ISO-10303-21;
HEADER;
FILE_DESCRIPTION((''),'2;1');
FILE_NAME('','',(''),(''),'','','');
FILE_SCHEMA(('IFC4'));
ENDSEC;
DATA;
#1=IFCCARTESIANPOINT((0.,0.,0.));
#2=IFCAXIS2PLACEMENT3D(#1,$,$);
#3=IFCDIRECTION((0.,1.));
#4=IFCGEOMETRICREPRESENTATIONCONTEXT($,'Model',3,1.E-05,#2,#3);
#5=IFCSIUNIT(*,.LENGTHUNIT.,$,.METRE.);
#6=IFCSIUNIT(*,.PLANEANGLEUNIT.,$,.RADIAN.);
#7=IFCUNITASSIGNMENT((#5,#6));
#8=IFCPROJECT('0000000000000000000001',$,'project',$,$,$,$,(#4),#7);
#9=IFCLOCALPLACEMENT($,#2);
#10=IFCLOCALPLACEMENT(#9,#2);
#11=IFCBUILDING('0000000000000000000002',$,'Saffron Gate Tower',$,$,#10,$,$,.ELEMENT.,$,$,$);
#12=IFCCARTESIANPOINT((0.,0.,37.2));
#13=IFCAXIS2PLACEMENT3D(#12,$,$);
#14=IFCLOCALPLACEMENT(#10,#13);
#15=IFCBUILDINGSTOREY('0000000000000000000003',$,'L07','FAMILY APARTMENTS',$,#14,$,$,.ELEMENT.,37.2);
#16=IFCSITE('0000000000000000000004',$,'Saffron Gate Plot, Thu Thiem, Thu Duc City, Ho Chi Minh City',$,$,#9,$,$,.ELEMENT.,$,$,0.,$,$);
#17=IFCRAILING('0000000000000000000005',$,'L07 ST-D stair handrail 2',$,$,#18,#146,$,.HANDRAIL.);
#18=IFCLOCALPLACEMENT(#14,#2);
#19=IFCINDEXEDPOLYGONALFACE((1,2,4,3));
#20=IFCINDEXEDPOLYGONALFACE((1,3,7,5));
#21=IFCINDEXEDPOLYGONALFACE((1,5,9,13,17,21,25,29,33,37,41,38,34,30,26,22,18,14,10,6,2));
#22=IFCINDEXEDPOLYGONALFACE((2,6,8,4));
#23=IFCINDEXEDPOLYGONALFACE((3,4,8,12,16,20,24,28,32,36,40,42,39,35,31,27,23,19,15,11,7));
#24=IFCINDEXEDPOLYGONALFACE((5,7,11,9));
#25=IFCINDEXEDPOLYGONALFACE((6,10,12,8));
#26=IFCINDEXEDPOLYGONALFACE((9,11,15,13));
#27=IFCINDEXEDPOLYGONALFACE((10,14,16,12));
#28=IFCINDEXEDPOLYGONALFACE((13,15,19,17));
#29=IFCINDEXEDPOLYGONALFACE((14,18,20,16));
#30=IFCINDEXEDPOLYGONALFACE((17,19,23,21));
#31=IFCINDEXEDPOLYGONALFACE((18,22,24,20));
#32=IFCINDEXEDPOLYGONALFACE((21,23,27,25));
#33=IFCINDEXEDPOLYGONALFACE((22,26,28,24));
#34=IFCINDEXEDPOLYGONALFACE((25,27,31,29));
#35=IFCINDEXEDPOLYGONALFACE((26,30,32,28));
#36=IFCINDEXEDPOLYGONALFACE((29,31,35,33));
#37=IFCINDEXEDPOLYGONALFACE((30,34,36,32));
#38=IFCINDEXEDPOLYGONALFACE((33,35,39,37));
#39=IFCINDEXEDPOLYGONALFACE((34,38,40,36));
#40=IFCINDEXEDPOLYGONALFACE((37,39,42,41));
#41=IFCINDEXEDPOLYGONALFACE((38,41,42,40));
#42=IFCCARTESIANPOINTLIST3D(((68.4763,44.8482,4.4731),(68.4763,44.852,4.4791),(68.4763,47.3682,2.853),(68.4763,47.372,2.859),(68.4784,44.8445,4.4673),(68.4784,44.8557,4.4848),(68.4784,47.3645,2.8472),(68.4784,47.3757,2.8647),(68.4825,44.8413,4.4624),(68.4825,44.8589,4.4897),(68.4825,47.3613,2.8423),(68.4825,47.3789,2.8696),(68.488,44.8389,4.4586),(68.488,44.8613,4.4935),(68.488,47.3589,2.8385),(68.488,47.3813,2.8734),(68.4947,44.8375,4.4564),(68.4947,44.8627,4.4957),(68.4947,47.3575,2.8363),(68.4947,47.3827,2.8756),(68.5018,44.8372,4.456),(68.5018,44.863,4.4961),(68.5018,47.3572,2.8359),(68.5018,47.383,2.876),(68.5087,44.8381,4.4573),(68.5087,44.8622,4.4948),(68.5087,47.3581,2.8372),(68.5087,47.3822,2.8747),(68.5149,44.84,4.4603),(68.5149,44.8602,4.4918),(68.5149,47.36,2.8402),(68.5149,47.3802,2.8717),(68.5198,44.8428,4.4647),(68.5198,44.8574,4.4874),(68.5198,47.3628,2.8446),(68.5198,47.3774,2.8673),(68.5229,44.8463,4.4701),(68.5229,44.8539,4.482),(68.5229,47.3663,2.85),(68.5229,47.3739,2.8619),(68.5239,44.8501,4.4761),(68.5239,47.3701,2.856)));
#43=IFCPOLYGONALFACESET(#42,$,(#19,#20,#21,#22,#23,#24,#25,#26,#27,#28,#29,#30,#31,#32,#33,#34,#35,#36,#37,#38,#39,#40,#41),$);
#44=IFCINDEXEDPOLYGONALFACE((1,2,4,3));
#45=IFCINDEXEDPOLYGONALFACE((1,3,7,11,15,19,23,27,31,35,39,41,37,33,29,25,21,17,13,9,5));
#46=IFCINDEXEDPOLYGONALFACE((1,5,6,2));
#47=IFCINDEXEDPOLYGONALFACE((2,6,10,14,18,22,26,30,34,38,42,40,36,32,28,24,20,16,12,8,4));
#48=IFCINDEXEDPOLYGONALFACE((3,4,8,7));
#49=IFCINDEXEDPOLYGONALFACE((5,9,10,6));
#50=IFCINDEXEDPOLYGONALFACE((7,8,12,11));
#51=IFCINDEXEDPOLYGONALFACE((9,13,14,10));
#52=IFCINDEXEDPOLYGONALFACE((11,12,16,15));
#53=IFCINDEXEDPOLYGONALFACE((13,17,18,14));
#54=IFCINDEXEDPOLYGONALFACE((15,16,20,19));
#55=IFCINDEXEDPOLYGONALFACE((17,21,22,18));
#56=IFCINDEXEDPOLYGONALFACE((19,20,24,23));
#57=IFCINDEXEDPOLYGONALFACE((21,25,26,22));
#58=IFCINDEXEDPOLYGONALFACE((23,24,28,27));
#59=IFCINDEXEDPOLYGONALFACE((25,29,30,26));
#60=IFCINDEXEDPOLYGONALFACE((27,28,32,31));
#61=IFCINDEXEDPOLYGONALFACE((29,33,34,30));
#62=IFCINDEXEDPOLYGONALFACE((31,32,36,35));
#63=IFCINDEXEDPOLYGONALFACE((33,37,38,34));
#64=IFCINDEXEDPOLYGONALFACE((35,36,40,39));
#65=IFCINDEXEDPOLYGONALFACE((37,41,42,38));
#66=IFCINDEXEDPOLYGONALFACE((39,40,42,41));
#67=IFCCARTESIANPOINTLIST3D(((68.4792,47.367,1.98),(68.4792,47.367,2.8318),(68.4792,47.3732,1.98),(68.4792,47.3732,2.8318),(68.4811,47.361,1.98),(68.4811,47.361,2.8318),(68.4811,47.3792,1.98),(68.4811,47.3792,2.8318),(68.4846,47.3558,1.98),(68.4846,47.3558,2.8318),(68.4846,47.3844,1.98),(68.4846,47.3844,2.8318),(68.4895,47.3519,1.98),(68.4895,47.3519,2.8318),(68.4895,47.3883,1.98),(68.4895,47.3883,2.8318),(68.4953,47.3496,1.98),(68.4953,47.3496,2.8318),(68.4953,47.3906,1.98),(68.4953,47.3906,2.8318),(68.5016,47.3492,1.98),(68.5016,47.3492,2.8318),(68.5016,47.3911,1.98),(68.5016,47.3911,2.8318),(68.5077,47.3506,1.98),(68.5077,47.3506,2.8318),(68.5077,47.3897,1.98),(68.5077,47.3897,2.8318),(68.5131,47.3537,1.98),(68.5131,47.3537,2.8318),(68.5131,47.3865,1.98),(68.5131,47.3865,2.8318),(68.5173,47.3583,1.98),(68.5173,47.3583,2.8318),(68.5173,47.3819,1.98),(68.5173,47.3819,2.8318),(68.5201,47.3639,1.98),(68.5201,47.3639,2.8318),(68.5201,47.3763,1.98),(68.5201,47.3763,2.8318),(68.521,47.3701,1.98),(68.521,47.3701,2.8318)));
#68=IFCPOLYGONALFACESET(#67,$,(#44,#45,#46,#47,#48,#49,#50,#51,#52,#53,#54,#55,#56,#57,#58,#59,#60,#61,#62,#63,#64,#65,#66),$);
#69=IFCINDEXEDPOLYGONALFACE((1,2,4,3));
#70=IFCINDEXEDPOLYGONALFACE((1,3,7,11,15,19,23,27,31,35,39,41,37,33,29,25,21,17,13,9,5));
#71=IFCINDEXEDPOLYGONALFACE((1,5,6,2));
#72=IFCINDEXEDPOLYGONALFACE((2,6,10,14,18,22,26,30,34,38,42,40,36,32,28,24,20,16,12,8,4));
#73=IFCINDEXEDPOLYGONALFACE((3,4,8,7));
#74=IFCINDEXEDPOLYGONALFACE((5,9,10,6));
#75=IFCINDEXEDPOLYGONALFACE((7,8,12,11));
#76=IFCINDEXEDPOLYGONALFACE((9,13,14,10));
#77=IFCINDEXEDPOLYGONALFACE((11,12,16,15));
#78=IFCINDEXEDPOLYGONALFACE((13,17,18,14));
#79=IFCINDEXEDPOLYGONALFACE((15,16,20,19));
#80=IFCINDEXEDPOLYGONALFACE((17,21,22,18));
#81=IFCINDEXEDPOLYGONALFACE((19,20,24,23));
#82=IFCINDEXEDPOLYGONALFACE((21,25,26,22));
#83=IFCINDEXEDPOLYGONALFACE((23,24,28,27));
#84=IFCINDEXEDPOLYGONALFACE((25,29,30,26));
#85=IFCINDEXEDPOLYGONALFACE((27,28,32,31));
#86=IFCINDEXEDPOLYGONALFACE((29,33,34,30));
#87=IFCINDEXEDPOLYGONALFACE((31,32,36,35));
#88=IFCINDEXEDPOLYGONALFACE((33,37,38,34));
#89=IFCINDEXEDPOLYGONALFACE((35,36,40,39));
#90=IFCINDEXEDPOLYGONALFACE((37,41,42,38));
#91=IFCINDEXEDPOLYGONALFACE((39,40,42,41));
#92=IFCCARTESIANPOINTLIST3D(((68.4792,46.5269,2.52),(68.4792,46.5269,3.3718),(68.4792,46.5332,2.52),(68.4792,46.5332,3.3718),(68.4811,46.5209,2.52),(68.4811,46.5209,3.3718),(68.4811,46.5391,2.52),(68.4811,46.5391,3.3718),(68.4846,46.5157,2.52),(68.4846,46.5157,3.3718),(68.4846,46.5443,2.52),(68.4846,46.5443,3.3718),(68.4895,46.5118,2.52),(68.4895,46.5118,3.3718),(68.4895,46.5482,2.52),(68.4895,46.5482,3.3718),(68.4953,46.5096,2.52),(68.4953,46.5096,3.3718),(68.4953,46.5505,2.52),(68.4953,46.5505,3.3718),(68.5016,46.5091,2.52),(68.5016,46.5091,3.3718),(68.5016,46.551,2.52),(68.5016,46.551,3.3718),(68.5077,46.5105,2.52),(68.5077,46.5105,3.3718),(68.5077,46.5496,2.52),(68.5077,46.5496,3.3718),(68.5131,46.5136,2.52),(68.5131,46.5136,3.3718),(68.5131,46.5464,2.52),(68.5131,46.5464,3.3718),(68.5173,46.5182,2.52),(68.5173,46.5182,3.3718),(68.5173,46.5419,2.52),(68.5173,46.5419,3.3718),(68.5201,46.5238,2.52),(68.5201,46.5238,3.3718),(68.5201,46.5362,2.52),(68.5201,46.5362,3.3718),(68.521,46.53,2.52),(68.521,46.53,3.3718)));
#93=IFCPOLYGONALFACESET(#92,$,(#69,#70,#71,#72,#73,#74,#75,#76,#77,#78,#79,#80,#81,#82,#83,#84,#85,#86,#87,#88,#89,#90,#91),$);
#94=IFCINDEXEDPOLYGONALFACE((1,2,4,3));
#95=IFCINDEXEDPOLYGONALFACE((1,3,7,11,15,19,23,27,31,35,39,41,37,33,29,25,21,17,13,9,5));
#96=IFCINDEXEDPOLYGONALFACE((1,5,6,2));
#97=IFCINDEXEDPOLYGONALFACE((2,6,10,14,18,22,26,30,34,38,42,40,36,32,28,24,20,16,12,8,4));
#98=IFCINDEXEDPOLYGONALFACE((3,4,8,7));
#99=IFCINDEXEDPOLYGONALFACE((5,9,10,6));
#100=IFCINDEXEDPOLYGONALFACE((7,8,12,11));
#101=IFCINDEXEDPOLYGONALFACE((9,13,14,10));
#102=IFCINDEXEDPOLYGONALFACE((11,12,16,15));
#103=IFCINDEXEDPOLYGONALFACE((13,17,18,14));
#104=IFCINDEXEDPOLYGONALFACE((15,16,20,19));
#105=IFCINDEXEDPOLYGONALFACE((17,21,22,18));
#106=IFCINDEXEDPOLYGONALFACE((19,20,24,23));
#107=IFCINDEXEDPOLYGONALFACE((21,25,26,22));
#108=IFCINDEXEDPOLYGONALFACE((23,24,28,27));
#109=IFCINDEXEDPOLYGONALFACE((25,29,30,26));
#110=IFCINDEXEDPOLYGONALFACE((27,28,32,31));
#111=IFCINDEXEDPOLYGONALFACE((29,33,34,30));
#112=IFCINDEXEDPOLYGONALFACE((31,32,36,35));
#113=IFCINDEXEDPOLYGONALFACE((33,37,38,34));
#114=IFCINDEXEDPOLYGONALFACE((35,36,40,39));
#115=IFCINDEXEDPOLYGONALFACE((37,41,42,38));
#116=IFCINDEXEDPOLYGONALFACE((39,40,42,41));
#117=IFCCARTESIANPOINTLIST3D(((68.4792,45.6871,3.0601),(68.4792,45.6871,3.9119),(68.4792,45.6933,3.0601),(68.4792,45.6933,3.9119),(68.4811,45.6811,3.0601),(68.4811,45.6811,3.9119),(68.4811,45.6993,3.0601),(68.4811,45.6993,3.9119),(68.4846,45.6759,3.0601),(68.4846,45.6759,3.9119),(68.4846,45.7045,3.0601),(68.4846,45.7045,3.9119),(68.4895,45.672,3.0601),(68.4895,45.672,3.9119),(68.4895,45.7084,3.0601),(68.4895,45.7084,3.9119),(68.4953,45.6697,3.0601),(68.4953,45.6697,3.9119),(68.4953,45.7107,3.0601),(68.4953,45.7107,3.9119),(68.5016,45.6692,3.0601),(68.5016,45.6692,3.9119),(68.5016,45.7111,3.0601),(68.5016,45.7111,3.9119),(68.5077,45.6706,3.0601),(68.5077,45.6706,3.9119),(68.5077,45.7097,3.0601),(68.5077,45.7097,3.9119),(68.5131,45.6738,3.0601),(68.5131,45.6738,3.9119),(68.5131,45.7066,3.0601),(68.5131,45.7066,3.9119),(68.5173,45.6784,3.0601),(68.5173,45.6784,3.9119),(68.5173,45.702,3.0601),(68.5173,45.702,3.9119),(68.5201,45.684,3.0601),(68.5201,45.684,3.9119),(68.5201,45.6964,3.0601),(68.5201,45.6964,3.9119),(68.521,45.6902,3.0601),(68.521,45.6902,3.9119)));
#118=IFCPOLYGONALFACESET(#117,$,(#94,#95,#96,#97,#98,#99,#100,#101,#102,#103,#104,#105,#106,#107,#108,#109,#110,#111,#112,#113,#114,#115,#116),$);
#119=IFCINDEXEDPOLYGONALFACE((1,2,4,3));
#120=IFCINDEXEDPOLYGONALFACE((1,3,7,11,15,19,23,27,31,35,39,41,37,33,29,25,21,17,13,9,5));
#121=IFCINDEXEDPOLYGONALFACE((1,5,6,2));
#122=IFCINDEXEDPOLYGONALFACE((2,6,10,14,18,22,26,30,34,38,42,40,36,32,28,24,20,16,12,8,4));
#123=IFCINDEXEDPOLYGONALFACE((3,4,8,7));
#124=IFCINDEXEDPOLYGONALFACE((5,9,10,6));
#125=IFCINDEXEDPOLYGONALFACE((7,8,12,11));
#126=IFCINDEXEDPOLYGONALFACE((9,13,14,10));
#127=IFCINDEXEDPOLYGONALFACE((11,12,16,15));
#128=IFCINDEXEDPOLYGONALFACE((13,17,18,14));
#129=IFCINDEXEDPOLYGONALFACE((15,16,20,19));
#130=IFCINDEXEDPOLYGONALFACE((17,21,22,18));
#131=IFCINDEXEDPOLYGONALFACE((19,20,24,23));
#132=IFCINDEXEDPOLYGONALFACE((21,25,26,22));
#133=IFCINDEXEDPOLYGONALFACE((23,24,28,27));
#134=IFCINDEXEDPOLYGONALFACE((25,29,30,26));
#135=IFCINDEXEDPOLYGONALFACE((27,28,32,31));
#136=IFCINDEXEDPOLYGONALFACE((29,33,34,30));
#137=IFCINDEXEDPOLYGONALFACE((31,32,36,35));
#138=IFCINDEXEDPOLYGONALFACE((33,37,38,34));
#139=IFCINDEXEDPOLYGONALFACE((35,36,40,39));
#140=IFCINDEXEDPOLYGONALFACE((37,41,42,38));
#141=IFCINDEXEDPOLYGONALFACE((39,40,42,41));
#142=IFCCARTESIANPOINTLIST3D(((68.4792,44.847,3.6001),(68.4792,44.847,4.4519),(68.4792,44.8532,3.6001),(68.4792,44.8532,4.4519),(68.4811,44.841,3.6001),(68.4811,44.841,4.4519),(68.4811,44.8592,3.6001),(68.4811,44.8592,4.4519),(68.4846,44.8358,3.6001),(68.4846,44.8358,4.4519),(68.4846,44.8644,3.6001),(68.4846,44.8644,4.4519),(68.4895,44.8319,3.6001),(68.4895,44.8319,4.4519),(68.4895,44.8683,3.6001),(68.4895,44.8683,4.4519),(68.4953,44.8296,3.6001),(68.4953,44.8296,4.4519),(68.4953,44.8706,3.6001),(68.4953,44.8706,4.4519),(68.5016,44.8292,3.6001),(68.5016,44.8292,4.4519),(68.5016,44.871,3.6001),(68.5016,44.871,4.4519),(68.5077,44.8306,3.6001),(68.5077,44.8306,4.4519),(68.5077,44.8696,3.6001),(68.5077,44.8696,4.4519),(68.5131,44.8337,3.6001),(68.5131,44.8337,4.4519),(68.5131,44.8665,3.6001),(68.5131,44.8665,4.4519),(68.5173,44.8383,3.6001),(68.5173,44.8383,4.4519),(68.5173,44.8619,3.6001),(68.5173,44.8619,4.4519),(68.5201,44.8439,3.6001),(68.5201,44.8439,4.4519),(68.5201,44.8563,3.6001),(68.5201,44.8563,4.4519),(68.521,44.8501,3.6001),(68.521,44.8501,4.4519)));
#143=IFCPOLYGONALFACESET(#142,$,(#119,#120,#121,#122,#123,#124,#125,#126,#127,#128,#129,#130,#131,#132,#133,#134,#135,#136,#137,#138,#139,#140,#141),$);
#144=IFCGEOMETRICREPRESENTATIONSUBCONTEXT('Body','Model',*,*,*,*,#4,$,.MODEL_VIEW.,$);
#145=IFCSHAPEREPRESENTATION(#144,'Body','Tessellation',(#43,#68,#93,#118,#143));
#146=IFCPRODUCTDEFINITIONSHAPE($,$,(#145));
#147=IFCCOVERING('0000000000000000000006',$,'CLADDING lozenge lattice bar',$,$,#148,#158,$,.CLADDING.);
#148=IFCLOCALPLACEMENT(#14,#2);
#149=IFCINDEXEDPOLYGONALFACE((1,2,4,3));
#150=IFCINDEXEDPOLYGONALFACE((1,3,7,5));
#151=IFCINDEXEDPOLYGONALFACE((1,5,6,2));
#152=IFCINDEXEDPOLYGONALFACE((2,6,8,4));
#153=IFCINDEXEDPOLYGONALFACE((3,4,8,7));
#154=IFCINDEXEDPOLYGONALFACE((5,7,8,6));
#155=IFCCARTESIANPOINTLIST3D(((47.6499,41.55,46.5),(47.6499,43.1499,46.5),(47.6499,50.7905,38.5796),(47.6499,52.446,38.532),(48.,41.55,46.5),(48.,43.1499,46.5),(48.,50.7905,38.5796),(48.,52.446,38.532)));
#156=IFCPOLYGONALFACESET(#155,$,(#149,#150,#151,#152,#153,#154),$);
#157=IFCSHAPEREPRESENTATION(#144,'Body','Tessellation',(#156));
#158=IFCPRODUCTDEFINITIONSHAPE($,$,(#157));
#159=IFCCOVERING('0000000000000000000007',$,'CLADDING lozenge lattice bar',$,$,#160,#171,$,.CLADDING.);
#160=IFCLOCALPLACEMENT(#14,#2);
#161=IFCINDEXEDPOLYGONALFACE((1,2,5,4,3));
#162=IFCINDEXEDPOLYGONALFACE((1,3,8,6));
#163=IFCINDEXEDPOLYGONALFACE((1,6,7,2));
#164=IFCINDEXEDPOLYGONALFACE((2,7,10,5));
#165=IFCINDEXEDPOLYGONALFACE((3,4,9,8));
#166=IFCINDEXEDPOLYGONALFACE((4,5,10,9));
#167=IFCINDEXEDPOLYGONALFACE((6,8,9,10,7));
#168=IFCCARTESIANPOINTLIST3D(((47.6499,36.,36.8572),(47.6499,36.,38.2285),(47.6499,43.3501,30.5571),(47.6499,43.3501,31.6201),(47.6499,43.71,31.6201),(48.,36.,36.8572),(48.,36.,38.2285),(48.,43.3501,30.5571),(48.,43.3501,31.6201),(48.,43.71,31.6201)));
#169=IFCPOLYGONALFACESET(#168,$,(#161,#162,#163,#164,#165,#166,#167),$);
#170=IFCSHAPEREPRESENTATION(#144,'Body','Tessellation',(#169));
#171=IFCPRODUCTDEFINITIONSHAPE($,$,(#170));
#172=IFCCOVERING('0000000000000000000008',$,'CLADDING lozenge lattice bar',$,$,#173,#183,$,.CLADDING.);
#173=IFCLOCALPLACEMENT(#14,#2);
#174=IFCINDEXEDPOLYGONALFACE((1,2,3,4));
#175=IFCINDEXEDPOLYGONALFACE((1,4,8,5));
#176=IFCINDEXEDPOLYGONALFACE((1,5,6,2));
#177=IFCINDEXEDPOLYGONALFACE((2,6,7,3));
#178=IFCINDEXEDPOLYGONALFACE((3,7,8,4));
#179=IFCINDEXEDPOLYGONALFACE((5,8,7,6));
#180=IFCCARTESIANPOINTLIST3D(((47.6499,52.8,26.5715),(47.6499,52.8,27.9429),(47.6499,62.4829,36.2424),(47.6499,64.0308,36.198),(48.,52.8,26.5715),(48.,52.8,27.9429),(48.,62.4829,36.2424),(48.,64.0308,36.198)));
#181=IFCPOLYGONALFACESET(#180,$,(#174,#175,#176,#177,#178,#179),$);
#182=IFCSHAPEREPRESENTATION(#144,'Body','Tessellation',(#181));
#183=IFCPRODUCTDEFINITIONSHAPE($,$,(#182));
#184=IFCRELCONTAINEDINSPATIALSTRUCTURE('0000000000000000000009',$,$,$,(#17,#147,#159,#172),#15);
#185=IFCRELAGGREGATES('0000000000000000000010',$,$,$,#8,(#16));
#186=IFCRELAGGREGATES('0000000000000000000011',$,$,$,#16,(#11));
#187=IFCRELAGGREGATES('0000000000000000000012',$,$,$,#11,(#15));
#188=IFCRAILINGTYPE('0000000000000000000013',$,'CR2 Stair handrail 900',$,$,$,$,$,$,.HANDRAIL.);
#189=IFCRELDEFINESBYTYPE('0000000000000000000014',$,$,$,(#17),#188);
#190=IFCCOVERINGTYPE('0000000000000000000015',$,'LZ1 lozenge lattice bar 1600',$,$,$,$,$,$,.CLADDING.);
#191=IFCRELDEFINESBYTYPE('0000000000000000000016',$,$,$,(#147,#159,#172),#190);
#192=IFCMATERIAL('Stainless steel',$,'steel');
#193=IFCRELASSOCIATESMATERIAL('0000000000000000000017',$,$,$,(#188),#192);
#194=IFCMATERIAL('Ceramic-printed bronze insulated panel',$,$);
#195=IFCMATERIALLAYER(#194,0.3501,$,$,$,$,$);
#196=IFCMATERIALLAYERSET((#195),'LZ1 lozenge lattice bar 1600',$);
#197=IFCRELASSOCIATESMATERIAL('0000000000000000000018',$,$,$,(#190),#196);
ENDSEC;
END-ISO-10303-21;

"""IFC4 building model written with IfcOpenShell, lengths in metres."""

from ifc_helpers import new_model, si_unit, direction, frame, origin, origin_2d, place, context, subcontext, project, spatial, polyline, circle, outline, extrude, material, layer, layer_set, type_object, element, save


model = new_model("IFC4")

# Units and contexts
model_context = context("Model", 3, precision=1e-05, world=origin(), true_north=direction((0.0, 1.0)))
body_context = subcontext(model_context, "Body", "Model", "MODEL_VIEW")
ifc_project = project(units=[si_unit("LENGTHUNIT", "METRE"), si_unit("PLANEANGLEUNIT", "RADIAN")], contexts=[model_context])

# Site, building, storey
site_placement = place(None, origin())
site = spatial("IfcSite", under=ifc_project, at=site_placement, Name="Saffron Gate Plot, Thu Thiem, Thu Duc City, Ho Chi Minh City", CompositionType="ELEMENT", RefElevation=0.0)
building_placement = place(site_placement, origin())
building = spatial("IfcBuilding", under=site, at=building_placement, Name="Saffron Gate Tower", CompositionType="ELEMENT")
storey_placement = place(building_placement, frame((0.0, 0.0, 37.2)))
storey = spatial("IfcBuildingStorey", under=building, at=storey_placement, Name="L07", Description="FAMILY APARTMENTS", CompositionType="ELEMENT", Elevation=37.2)

# Railing
ifc_material_1 = material(Name="Stainless steel", Category="steel")
railing_type = type_object("IfcRailingType", Name="CR2 Stair handrail 900", PredefinedType="HANDRAIL", material=ifc_material_1)
railing_1_placement = place(storey_placement, frame((68.5, 47.3701, 1.98)))
element("IfcRailing", 1, at=railing_1_placement, inside=storey, type_object=railing_type, Name="L07 ST-D stair handrail 2", PredefinedType="HANDRAIL", context=body_context, shape_type="SweptSolid", body=[
    extrude(circle(Radius=0.0239, at=origin_2d()), frame((0.0, 0.0, 0.876), z_axis=(0.0, -0.841163, 0.540782), x_axis=(1.0, 0.0, 0.0)), (0.0, 0.0, 1.0), 2.9958),
    extrude(circle(Radius=0.021, at=origin_2d()), origin(), (0.0, 0.0, 1.0), 0.8518),
    extrude(circle(Radius=0.021, at=origin_2d()), frame((0.0, -0.8401, 0.54)), (0.0, 0.0, 1.0), 0.8518),
    extrude(circle(Radius=0.021, at=origin_2d()), frame((0.0, -1.6799, 1.0801)), (0.0, 0.0, 1.0), 0.8518),
    extrude(circle(Radius=0.021, at=origin_2d()), frame((0.0, -2.52, 1.6201)), (0.0, 0.0, 1.0), 0.8518),
])

# Coverings
ifc_material_2 = material(Name="Ceramic-printed bronze insulated panel")
ifc_layer_1 = layer(ifc_material_2, 0.3501)
ifc_layer_set_1 = layer_set([ifc_layer_1], Name="LZ1 lozenge lattice bar 1600")
covering_type = type_object("IfcCoveringType", Name="LZ1 lozenge lattice bar 1600", PredefinedType="CLADDING", material=ifc_layer_set_1)
covering_1_placement = place(storey_placement, frame((47.6499, 52.446, 38.532), z_axis=(-1.0, 0.0, 0.0), x_axis=(0.0, -0.999587, 0.028745)))
element("IfcCovering", 2, at=covering_1_placement, inside=storey, type_object=covering_type, Name="CLADDING lozenge lattice bar", PredefinedType="CLADDING", context=body_context, shape_type="SweptSolid", body=[
    extrude(outline(polyline([(0.0, 0.0), (1.6562, 0.0), (11.1205, 7.6515), (9.5213, 7.6975), (0.0, 0.0)])), origin(), (0.0, 0.0, -1.0), 0.3501),
])
covering_2_placement = place(storey_placement, frame((47.6499, 43.71, 31.6201), z_axis=(-1.0, 0.0, 0.0), x_axis=(0.0, -1.0, 0.0)))
element("IfcCovering", 3, at=covering_2_placement, inside=storey, type_object=covering_type, Name="CLADDING lozenge lattice bar", PredefinedType="CLADDING", context=body_context, shape_type="SweptSolid", body=[
    extrude(outline(polyline([(0.0, 0.0), (0.3599, 0.0), (0.3599, -1.063), (7.71, 5.2371), (7.71, 6.6084), (0.0, 0.0)])), origin(), (0.0, 0.0, -1.0), 0.3501),
])
covering_3_placement = place(storey_placement, frame((47.6499, 52.8, 26.5715), z_axis=(-1.0, 0.0, 0.0), x_axis=(0.0, 0.0, 1.0)))
element("IfcCovering", 4, at=covering_3_placement, inside=storey, type_object=covering_type, Name="CLADDING lozenge lattice bar", PredefinedType="CLADDING", context=body_context, shape_type="SweptSolid", body=[
    extrude(outline(polyline([(0.0, 0.0), (1.3713, 0.0), (9.6709, 9.6829), (9.6265, 11.2307), (0.0, 0.0)])), origin(), (0.0, 0.0, -1.0), 0.3501),
])

save(model, "model.ifc")
